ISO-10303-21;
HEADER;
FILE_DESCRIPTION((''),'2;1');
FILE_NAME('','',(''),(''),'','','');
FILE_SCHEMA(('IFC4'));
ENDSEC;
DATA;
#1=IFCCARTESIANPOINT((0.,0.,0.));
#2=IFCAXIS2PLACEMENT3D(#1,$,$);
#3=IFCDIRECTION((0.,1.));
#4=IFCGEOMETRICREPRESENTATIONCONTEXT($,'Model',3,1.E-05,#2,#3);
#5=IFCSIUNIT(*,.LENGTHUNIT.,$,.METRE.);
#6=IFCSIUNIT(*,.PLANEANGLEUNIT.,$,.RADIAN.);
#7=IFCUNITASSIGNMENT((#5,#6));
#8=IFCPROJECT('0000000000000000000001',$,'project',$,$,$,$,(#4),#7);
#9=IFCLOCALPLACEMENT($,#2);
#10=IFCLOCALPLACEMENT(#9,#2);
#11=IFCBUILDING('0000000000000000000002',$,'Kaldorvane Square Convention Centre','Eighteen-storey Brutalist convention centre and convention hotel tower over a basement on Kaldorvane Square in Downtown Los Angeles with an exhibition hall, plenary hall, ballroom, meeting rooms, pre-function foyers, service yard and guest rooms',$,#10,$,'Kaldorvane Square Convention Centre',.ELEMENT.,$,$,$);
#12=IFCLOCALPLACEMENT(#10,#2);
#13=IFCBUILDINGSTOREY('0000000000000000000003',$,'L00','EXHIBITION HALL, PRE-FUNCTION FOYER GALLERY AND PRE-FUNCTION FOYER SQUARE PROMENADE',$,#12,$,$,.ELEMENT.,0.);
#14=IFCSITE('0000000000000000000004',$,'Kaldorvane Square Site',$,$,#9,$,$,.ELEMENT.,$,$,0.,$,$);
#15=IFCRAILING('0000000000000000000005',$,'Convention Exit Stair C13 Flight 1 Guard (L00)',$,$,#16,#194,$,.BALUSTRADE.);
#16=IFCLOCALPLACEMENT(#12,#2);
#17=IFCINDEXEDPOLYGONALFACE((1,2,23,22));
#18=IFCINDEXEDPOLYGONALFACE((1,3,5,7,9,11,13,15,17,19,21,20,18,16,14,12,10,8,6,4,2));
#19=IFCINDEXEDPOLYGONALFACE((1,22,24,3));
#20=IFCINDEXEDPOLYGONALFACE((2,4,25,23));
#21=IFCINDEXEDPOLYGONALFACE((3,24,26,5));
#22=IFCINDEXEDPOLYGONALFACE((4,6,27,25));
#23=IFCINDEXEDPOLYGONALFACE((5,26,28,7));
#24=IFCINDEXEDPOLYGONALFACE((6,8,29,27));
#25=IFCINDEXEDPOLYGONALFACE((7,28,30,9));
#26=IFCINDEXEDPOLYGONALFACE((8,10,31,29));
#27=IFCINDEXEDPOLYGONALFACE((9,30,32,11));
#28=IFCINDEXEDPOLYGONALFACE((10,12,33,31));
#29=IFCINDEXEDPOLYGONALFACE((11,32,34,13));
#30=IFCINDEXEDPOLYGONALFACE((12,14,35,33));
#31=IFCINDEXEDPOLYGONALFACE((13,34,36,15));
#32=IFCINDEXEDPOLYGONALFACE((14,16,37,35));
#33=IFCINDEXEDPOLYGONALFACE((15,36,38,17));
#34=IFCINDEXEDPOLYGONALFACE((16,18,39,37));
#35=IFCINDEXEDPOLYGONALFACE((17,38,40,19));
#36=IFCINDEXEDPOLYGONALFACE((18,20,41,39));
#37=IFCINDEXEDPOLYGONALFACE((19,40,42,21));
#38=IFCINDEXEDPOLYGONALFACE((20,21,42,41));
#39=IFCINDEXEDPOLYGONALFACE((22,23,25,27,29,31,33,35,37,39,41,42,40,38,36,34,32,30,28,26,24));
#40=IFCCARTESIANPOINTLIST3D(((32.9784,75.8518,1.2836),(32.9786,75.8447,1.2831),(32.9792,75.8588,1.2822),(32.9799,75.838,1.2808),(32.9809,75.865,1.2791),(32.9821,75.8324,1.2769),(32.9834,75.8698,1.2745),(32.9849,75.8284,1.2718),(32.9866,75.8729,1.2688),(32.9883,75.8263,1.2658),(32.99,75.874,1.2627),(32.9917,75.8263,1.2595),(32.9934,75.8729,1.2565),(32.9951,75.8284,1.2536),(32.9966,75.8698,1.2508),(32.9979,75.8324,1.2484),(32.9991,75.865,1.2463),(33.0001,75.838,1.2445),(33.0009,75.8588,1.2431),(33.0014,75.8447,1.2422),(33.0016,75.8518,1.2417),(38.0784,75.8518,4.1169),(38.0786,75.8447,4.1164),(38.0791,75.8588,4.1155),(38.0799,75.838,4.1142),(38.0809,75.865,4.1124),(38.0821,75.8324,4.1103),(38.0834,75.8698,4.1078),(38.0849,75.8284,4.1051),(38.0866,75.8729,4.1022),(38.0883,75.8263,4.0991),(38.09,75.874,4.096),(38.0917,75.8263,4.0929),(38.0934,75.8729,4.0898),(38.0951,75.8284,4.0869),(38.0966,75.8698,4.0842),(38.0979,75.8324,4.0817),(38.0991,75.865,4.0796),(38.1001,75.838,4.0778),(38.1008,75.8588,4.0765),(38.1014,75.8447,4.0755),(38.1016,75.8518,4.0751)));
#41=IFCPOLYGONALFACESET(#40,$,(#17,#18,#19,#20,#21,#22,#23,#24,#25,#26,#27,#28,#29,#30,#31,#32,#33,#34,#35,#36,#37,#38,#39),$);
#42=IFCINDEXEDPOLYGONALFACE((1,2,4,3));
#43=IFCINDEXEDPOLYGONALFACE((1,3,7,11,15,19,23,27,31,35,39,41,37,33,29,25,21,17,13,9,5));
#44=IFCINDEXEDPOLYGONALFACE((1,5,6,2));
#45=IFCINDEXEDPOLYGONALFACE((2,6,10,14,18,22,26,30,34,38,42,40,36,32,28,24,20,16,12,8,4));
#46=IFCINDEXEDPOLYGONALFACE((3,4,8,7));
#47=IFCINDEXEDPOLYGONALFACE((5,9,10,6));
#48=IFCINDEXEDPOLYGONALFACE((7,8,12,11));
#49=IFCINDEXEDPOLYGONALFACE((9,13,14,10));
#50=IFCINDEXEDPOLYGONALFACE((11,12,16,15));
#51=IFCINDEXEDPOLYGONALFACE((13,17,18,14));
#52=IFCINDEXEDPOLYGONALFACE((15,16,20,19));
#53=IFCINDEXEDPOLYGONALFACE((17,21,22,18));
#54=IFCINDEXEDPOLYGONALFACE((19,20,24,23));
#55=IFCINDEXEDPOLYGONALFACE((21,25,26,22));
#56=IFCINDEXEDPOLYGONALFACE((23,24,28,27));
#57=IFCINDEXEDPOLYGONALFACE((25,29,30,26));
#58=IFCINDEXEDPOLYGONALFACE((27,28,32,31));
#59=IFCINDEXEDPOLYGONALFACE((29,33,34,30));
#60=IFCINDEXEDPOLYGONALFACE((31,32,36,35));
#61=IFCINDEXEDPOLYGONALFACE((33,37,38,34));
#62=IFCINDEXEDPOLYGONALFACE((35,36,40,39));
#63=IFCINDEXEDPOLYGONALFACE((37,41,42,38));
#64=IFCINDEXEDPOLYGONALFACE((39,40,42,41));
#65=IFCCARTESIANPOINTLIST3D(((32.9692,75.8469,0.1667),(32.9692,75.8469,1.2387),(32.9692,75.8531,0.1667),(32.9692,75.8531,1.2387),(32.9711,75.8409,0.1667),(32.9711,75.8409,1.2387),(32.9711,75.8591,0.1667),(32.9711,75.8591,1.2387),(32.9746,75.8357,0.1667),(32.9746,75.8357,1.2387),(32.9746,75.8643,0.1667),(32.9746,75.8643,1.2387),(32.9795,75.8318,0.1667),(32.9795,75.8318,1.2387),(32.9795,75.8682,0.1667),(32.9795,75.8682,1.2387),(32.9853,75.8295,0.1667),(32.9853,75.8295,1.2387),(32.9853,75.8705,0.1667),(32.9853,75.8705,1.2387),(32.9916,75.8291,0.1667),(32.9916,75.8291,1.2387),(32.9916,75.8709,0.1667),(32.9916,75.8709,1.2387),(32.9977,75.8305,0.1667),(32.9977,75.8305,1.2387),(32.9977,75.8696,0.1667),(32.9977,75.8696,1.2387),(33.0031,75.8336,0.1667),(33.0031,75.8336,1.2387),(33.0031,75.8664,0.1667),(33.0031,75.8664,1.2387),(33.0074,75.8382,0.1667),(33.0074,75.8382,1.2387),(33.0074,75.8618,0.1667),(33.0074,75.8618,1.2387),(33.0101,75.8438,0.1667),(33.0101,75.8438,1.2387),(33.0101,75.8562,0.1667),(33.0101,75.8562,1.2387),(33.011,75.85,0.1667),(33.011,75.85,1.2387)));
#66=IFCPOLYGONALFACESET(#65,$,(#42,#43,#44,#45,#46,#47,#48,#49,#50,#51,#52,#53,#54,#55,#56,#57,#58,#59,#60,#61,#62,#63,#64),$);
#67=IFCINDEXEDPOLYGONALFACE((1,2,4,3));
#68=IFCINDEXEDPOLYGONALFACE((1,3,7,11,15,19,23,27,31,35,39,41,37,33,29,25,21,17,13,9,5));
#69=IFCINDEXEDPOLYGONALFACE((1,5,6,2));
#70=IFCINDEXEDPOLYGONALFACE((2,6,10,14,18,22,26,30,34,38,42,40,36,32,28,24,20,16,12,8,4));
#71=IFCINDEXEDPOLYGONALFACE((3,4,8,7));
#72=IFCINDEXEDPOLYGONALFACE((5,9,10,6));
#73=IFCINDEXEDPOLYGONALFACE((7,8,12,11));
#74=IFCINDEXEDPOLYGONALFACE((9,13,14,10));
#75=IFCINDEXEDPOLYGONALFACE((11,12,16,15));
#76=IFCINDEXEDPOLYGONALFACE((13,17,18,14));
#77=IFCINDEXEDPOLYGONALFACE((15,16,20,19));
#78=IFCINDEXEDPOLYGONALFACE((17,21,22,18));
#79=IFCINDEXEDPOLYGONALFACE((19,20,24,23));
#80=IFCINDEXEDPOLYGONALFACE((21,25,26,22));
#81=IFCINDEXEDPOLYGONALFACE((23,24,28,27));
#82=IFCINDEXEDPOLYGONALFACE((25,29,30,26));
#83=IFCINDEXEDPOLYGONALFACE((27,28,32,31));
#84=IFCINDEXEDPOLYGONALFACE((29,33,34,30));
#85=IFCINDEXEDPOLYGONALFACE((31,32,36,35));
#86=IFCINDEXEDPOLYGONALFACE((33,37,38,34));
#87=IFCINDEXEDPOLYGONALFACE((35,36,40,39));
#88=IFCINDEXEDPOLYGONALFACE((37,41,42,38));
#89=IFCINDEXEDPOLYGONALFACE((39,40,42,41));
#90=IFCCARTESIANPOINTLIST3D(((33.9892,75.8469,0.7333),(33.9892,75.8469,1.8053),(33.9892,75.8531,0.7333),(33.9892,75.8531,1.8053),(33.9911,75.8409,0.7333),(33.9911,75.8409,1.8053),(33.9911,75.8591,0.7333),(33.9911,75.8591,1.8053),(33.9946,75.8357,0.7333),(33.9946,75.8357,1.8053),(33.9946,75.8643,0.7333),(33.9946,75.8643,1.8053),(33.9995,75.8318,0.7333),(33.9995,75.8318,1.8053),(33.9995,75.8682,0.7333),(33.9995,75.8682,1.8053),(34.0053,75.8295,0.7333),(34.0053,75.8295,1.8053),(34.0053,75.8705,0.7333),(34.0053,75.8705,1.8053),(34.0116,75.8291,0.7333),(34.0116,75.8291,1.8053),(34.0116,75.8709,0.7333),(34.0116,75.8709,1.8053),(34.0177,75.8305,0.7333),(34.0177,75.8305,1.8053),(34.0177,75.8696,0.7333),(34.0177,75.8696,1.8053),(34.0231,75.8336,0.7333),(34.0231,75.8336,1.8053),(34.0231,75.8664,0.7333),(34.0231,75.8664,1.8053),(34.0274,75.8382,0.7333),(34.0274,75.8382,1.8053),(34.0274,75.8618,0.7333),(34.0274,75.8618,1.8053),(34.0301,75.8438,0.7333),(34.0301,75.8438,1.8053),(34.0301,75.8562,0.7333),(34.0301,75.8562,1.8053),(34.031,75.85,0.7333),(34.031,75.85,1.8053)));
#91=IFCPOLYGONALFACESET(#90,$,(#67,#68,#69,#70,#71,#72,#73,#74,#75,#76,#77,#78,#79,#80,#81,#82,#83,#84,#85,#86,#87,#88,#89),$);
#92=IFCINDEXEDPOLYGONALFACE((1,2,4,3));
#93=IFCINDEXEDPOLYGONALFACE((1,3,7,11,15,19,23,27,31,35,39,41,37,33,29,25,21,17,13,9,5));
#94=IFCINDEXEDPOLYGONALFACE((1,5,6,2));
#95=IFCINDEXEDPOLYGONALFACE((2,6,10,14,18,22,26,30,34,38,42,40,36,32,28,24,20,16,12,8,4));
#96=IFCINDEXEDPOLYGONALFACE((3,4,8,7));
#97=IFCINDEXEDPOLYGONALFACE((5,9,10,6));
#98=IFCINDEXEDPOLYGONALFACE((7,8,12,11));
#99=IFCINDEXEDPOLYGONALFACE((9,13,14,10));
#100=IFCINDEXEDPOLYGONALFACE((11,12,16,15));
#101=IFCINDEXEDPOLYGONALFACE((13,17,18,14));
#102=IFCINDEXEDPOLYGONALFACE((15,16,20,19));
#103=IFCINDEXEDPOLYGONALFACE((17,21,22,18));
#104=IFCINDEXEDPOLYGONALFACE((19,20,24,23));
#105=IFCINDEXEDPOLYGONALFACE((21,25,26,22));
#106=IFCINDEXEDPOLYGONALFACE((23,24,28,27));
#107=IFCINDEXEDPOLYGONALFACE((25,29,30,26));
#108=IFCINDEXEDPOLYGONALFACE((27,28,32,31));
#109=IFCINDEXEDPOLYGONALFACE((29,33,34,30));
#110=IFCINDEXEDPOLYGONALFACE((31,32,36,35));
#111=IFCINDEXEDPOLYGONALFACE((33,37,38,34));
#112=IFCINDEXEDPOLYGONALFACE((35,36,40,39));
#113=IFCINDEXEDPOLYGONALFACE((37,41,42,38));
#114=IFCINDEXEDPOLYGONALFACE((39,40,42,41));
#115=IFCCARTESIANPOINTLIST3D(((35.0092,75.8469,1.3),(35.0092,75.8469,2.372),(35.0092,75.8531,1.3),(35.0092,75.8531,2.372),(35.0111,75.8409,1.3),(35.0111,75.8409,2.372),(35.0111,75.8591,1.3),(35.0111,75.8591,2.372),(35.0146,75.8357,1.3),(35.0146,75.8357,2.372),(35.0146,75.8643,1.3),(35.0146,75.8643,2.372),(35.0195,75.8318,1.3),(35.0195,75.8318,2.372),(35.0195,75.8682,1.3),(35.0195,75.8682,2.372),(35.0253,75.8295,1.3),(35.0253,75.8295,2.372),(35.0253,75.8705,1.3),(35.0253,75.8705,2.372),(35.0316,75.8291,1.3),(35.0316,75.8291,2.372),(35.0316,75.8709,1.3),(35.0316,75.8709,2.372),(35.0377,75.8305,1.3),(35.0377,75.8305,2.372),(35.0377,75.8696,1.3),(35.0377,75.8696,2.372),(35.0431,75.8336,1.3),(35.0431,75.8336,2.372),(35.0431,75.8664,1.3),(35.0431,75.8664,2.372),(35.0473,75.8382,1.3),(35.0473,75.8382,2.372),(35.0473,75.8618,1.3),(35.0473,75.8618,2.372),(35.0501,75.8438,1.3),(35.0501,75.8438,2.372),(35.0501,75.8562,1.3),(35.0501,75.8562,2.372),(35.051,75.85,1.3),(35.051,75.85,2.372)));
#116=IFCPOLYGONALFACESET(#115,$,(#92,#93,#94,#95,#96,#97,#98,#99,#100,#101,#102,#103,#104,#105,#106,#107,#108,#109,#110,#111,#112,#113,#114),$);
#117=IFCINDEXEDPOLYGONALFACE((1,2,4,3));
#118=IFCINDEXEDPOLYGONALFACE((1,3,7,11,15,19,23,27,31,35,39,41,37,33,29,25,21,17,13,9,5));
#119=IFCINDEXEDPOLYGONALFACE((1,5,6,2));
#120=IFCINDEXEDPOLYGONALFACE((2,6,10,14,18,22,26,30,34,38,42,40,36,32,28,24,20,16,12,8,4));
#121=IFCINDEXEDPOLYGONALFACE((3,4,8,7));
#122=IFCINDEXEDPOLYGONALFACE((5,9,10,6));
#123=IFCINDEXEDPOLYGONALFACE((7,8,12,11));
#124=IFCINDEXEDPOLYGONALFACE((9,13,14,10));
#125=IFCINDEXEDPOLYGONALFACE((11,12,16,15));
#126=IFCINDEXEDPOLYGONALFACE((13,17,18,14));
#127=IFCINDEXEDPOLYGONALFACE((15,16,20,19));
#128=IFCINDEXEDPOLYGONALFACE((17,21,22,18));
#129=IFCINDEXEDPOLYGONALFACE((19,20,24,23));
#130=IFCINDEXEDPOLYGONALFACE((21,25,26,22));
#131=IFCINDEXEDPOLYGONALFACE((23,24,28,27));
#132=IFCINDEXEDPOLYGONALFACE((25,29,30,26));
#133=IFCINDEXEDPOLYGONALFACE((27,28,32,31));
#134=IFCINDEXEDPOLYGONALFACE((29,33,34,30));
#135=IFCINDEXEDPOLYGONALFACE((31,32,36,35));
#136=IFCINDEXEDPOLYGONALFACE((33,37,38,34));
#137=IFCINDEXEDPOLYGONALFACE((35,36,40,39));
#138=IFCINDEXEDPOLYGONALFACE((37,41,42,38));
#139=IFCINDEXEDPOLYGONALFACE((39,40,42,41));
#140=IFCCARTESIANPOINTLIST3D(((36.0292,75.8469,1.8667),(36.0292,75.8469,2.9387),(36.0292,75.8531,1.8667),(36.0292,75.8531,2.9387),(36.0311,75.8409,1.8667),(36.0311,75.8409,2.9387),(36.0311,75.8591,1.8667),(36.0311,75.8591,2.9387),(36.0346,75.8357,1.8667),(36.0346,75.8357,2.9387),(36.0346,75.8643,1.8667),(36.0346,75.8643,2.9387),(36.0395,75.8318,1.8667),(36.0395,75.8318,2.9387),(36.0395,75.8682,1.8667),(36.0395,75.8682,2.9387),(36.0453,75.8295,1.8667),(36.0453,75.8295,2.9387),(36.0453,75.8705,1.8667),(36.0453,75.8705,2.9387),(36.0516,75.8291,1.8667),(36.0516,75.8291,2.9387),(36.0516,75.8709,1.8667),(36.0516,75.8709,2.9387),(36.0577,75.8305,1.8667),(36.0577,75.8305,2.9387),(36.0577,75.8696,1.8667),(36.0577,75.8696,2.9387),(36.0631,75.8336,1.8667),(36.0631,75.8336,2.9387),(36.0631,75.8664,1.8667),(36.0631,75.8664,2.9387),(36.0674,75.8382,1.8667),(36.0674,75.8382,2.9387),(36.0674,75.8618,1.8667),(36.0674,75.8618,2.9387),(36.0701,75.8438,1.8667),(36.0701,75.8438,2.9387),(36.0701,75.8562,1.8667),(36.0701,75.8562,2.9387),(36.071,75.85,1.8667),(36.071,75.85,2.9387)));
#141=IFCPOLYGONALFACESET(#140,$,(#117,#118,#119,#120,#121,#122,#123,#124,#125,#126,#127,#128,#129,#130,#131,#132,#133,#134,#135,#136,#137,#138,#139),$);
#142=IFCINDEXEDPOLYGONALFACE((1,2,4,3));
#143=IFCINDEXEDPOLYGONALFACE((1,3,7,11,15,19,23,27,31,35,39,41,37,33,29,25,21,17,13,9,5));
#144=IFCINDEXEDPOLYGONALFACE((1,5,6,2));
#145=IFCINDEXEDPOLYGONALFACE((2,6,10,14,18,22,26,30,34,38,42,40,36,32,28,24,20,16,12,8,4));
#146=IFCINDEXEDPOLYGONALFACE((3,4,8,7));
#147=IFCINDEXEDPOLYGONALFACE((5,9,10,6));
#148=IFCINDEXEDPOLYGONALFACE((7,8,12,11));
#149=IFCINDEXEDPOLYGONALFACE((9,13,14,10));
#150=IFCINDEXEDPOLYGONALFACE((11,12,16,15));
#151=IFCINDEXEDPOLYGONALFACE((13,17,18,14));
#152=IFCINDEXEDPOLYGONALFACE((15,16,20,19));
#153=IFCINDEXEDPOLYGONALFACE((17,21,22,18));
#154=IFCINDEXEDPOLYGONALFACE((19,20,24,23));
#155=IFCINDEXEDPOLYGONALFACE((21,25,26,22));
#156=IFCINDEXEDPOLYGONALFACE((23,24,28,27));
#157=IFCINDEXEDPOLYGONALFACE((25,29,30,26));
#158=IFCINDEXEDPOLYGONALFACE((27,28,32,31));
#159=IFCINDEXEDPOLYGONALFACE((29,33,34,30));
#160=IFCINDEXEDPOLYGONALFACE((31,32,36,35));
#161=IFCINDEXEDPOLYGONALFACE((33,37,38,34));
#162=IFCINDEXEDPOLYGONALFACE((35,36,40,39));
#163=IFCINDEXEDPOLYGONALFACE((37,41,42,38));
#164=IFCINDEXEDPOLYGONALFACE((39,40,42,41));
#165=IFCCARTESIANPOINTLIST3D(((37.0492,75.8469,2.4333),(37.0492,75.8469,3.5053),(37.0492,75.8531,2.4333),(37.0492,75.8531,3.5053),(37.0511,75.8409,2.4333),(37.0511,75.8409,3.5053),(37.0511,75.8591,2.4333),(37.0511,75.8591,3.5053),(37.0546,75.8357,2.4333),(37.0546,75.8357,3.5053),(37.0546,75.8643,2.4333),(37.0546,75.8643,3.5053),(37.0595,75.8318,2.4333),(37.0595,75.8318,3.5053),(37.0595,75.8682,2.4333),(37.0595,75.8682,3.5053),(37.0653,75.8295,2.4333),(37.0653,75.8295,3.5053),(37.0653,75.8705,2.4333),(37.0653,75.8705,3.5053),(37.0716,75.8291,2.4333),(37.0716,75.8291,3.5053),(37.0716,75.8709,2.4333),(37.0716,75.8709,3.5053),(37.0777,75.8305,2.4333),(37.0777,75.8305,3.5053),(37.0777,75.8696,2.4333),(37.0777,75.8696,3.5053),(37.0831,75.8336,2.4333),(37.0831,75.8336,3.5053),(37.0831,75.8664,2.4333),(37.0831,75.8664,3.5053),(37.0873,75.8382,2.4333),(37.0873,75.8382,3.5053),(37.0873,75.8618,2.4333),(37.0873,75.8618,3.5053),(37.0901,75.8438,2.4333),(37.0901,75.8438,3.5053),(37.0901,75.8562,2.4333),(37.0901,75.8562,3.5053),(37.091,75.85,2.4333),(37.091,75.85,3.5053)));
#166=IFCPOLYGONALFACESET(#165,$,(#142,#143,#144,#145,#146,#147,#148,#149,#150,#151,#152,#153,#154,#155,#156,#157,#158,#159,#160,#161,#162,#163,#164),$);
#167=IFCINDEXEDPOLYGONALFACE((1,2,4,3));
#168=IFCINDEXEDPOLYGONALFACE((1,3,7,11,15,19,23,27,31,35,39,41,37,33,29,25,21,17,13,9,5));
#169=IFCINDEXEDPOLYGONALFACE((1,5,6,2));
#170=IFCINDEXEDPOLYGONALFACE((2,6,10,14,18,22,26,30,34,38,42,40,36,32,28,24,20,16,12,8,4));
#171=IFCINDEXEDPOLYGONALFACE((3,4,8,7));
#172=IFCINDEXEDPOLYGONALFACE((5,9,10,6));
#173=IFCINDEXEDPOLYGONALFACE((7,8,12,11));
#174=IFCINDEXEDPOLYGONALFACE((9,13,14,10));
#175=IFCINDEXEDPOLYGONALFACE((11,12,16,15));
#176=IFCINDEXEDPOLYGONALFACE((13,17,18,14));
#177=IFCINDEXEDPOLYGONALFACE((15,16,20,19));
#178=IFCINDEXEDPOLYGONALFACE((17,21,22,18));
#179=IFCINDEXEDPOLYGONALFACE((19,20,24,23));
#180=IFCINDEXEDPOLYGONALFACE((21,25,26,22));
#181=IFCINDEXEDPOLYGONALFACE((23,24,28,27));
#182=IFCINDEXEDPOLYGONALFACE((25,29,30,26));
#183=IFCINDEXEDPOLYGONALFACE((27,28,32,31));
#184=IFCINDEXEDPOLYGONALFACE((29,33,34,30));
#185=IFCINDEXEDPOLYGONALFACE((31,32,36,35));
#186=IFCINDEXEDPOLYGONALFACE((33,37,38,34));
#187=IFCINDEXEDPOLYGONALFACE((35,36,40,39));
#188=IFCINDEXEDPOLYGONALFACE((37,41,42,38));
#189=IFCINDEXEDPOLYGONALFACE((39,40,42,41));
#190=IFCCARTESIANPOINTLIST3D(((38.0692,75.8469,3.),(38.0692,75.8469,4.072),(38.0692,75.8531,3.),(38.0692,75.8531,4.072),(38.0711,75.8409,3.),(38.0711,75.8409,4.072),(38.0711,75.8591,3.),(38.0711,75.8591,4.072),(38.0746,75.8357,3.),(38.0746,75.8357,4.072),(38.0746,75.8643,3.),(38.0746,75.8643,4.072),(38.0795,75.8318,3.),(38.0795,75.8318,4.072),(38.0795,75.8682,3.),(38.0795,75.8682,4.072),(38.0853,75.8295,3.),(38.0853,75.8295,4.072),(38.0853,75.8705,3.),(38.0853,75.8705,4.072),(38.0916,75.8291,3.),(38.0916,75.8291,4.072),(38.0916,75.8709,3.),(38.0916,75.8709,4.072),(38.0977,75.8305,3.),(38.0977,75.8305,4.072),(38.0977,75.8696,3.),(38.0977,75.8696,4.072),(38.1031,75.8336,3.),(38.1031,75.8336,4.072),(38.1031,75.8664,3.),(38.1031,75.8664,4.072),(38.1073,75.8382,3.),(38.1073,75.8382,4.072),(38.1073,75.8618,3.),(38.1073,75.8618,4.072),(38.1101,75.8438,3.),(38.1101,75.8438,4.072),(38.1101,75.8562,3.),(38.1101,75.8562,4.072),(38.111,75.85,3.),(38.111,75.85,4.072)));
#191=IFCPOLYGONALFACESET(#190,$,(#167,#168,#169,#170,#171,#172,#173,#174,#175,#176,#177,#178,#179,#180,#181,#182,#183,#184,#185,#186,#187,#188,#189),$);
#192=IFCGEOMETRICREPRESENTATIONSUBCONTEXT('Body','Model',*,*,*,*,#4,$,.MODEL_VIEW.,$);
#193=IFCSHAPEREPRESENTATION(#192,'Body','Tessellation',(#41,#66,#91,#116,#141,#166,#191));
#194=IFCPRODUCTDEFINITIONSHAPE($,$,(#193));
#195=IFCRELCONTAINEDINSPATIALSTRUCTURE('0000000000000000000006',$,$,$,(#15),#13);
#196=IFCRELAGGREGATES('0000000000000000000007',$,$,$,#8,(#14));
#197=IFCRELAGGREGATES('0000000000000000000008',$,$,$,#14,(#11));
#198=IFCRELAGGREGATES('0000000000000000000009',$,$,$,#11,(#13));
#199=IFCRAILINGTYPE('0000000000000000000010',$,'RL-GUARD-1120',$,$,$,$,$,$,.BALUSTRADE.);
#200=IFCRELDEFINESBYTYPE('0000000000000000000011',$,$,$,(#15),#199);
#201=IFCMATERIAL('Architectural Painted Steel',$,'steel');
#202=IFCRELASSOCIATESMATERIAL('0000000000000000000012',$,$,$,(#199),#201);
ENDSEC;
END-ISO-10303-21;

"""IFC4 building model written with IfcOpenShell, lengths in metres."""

from ifc_helpers import new_model, si_unit, direction, frame, origin, origin_2d, place, context, subcontext, project, spatial, circle, extrude, material, type_object, element, save


model = new_model("IFC4")

# Units and contexts
model_context = context("Model", 3, precision=1e-05, world=origin(), true_north=direction((0.0, 1.0)))
body_context = subcontext(model_context, "Body", "Model", "MODEL_VIEW")
ifc_project = project(units=[si_unit("LENGTHUNIT", "METRE"), si_unit("PLANEANGLEUNIT", "RADIAN")], contexts=[model_context])

# Site, building, storey
site_placement = place(None, origin())
site = spatial("IfcSite", under=ifc_project, at=site_placement, Name="Kaldorvane Square Site", CompositionType="ELEMENT", RefElevation=0.0)
building_placement = place(site_placement, origin())
building = spatial("IfcBuilding", under=site, at=building_placement, Name="Kaldorvane Square Convention Centre", Description="Eighteen-storey Brutalist convention centre and convention hotel tower over a basement on Kaldorvane Square in Downtown Los Angeles with an exhibition hall, plenary hall, ballroom, meeting rooms, pre-function foyers, service yard and guest rooms", LongName="Kaldorvane Square Convention Centre", CompositionType="ELEMENT")
storey_placement = place(building_placement, origin())
storey = spatial("IfcBuildingStorey", under=building, at=storey_placement, Name="L00", Description="EXHIBITION HALL, PRE-FUNCTION FOYER GALLERY AND PRE-FUNCTION FOYER SQUARE PROMENADE", CompositionType="ELEMENT", Elevation=0.0)

# Railing
ifc_material_1 = material(Name="Architectural Painted Steel", Category="steel")
railing_type_1 = type_object("IfcRailingType", Name="RL-GUARD-1120", PredefinedType="BALUSTRADE", material=ifc_material_1)
railing_1_placement = place(storey_placement, frame((32.99, 75.85, 0.1667)))
element("IfcRailing", 1, at=railing_1_placement, inside=storey, type_object=railing_type_1, Name="Convention Exit Stair C13 Flight 1 Guard (L00)", PredefinedType="BALUSTRADE", context=body_context, shape_type="SweptSolid", body=[
    extrude(circle(Radius=0.024, at=origin_2d()), frame((0.0, 0.0, 1.096), z_axis=(0.874157, 0.0, 0.485643), x_axis=(0.0, 1.0, 0.0)), (0.0, 0.0, 1.0), 5.8342),
    extrude(circle(Radius=0.021, at=origin_2d()), origin(), (0.0, 0.0, 1.0), 1.072),
    extrude(circle(Radius=0.021, at=origin_2d()), frame((1.02, 0.0, 0.5667)), (0.0, 0.0, 1.0), 1.072),
    extrude(circle(Radius=0.021, at=origin_2d()), frame((2.04, 0.0, 1.1333)), (0.0, 0.0, 1.0), 1.072),
    extrude(circle(Radius=0.021, at=origin_2d()), frame((3.06, 0.0, 1.7)), (0.0, 0.0, 1.0), 1.072),
    extrude(circle(Radius=0.021, at=origin_2d()), frame((4.08, 0.0, 2.2667)), (0.0, 0.0, 1.0), 1.072),
    extrude(circle(Radius=0.021, at=origin_2d()), frame((5.1, 0.0, 2.8333)), (0.0, 0.0, 1.0), 1.072),
])

save(model, "model.ifc")
